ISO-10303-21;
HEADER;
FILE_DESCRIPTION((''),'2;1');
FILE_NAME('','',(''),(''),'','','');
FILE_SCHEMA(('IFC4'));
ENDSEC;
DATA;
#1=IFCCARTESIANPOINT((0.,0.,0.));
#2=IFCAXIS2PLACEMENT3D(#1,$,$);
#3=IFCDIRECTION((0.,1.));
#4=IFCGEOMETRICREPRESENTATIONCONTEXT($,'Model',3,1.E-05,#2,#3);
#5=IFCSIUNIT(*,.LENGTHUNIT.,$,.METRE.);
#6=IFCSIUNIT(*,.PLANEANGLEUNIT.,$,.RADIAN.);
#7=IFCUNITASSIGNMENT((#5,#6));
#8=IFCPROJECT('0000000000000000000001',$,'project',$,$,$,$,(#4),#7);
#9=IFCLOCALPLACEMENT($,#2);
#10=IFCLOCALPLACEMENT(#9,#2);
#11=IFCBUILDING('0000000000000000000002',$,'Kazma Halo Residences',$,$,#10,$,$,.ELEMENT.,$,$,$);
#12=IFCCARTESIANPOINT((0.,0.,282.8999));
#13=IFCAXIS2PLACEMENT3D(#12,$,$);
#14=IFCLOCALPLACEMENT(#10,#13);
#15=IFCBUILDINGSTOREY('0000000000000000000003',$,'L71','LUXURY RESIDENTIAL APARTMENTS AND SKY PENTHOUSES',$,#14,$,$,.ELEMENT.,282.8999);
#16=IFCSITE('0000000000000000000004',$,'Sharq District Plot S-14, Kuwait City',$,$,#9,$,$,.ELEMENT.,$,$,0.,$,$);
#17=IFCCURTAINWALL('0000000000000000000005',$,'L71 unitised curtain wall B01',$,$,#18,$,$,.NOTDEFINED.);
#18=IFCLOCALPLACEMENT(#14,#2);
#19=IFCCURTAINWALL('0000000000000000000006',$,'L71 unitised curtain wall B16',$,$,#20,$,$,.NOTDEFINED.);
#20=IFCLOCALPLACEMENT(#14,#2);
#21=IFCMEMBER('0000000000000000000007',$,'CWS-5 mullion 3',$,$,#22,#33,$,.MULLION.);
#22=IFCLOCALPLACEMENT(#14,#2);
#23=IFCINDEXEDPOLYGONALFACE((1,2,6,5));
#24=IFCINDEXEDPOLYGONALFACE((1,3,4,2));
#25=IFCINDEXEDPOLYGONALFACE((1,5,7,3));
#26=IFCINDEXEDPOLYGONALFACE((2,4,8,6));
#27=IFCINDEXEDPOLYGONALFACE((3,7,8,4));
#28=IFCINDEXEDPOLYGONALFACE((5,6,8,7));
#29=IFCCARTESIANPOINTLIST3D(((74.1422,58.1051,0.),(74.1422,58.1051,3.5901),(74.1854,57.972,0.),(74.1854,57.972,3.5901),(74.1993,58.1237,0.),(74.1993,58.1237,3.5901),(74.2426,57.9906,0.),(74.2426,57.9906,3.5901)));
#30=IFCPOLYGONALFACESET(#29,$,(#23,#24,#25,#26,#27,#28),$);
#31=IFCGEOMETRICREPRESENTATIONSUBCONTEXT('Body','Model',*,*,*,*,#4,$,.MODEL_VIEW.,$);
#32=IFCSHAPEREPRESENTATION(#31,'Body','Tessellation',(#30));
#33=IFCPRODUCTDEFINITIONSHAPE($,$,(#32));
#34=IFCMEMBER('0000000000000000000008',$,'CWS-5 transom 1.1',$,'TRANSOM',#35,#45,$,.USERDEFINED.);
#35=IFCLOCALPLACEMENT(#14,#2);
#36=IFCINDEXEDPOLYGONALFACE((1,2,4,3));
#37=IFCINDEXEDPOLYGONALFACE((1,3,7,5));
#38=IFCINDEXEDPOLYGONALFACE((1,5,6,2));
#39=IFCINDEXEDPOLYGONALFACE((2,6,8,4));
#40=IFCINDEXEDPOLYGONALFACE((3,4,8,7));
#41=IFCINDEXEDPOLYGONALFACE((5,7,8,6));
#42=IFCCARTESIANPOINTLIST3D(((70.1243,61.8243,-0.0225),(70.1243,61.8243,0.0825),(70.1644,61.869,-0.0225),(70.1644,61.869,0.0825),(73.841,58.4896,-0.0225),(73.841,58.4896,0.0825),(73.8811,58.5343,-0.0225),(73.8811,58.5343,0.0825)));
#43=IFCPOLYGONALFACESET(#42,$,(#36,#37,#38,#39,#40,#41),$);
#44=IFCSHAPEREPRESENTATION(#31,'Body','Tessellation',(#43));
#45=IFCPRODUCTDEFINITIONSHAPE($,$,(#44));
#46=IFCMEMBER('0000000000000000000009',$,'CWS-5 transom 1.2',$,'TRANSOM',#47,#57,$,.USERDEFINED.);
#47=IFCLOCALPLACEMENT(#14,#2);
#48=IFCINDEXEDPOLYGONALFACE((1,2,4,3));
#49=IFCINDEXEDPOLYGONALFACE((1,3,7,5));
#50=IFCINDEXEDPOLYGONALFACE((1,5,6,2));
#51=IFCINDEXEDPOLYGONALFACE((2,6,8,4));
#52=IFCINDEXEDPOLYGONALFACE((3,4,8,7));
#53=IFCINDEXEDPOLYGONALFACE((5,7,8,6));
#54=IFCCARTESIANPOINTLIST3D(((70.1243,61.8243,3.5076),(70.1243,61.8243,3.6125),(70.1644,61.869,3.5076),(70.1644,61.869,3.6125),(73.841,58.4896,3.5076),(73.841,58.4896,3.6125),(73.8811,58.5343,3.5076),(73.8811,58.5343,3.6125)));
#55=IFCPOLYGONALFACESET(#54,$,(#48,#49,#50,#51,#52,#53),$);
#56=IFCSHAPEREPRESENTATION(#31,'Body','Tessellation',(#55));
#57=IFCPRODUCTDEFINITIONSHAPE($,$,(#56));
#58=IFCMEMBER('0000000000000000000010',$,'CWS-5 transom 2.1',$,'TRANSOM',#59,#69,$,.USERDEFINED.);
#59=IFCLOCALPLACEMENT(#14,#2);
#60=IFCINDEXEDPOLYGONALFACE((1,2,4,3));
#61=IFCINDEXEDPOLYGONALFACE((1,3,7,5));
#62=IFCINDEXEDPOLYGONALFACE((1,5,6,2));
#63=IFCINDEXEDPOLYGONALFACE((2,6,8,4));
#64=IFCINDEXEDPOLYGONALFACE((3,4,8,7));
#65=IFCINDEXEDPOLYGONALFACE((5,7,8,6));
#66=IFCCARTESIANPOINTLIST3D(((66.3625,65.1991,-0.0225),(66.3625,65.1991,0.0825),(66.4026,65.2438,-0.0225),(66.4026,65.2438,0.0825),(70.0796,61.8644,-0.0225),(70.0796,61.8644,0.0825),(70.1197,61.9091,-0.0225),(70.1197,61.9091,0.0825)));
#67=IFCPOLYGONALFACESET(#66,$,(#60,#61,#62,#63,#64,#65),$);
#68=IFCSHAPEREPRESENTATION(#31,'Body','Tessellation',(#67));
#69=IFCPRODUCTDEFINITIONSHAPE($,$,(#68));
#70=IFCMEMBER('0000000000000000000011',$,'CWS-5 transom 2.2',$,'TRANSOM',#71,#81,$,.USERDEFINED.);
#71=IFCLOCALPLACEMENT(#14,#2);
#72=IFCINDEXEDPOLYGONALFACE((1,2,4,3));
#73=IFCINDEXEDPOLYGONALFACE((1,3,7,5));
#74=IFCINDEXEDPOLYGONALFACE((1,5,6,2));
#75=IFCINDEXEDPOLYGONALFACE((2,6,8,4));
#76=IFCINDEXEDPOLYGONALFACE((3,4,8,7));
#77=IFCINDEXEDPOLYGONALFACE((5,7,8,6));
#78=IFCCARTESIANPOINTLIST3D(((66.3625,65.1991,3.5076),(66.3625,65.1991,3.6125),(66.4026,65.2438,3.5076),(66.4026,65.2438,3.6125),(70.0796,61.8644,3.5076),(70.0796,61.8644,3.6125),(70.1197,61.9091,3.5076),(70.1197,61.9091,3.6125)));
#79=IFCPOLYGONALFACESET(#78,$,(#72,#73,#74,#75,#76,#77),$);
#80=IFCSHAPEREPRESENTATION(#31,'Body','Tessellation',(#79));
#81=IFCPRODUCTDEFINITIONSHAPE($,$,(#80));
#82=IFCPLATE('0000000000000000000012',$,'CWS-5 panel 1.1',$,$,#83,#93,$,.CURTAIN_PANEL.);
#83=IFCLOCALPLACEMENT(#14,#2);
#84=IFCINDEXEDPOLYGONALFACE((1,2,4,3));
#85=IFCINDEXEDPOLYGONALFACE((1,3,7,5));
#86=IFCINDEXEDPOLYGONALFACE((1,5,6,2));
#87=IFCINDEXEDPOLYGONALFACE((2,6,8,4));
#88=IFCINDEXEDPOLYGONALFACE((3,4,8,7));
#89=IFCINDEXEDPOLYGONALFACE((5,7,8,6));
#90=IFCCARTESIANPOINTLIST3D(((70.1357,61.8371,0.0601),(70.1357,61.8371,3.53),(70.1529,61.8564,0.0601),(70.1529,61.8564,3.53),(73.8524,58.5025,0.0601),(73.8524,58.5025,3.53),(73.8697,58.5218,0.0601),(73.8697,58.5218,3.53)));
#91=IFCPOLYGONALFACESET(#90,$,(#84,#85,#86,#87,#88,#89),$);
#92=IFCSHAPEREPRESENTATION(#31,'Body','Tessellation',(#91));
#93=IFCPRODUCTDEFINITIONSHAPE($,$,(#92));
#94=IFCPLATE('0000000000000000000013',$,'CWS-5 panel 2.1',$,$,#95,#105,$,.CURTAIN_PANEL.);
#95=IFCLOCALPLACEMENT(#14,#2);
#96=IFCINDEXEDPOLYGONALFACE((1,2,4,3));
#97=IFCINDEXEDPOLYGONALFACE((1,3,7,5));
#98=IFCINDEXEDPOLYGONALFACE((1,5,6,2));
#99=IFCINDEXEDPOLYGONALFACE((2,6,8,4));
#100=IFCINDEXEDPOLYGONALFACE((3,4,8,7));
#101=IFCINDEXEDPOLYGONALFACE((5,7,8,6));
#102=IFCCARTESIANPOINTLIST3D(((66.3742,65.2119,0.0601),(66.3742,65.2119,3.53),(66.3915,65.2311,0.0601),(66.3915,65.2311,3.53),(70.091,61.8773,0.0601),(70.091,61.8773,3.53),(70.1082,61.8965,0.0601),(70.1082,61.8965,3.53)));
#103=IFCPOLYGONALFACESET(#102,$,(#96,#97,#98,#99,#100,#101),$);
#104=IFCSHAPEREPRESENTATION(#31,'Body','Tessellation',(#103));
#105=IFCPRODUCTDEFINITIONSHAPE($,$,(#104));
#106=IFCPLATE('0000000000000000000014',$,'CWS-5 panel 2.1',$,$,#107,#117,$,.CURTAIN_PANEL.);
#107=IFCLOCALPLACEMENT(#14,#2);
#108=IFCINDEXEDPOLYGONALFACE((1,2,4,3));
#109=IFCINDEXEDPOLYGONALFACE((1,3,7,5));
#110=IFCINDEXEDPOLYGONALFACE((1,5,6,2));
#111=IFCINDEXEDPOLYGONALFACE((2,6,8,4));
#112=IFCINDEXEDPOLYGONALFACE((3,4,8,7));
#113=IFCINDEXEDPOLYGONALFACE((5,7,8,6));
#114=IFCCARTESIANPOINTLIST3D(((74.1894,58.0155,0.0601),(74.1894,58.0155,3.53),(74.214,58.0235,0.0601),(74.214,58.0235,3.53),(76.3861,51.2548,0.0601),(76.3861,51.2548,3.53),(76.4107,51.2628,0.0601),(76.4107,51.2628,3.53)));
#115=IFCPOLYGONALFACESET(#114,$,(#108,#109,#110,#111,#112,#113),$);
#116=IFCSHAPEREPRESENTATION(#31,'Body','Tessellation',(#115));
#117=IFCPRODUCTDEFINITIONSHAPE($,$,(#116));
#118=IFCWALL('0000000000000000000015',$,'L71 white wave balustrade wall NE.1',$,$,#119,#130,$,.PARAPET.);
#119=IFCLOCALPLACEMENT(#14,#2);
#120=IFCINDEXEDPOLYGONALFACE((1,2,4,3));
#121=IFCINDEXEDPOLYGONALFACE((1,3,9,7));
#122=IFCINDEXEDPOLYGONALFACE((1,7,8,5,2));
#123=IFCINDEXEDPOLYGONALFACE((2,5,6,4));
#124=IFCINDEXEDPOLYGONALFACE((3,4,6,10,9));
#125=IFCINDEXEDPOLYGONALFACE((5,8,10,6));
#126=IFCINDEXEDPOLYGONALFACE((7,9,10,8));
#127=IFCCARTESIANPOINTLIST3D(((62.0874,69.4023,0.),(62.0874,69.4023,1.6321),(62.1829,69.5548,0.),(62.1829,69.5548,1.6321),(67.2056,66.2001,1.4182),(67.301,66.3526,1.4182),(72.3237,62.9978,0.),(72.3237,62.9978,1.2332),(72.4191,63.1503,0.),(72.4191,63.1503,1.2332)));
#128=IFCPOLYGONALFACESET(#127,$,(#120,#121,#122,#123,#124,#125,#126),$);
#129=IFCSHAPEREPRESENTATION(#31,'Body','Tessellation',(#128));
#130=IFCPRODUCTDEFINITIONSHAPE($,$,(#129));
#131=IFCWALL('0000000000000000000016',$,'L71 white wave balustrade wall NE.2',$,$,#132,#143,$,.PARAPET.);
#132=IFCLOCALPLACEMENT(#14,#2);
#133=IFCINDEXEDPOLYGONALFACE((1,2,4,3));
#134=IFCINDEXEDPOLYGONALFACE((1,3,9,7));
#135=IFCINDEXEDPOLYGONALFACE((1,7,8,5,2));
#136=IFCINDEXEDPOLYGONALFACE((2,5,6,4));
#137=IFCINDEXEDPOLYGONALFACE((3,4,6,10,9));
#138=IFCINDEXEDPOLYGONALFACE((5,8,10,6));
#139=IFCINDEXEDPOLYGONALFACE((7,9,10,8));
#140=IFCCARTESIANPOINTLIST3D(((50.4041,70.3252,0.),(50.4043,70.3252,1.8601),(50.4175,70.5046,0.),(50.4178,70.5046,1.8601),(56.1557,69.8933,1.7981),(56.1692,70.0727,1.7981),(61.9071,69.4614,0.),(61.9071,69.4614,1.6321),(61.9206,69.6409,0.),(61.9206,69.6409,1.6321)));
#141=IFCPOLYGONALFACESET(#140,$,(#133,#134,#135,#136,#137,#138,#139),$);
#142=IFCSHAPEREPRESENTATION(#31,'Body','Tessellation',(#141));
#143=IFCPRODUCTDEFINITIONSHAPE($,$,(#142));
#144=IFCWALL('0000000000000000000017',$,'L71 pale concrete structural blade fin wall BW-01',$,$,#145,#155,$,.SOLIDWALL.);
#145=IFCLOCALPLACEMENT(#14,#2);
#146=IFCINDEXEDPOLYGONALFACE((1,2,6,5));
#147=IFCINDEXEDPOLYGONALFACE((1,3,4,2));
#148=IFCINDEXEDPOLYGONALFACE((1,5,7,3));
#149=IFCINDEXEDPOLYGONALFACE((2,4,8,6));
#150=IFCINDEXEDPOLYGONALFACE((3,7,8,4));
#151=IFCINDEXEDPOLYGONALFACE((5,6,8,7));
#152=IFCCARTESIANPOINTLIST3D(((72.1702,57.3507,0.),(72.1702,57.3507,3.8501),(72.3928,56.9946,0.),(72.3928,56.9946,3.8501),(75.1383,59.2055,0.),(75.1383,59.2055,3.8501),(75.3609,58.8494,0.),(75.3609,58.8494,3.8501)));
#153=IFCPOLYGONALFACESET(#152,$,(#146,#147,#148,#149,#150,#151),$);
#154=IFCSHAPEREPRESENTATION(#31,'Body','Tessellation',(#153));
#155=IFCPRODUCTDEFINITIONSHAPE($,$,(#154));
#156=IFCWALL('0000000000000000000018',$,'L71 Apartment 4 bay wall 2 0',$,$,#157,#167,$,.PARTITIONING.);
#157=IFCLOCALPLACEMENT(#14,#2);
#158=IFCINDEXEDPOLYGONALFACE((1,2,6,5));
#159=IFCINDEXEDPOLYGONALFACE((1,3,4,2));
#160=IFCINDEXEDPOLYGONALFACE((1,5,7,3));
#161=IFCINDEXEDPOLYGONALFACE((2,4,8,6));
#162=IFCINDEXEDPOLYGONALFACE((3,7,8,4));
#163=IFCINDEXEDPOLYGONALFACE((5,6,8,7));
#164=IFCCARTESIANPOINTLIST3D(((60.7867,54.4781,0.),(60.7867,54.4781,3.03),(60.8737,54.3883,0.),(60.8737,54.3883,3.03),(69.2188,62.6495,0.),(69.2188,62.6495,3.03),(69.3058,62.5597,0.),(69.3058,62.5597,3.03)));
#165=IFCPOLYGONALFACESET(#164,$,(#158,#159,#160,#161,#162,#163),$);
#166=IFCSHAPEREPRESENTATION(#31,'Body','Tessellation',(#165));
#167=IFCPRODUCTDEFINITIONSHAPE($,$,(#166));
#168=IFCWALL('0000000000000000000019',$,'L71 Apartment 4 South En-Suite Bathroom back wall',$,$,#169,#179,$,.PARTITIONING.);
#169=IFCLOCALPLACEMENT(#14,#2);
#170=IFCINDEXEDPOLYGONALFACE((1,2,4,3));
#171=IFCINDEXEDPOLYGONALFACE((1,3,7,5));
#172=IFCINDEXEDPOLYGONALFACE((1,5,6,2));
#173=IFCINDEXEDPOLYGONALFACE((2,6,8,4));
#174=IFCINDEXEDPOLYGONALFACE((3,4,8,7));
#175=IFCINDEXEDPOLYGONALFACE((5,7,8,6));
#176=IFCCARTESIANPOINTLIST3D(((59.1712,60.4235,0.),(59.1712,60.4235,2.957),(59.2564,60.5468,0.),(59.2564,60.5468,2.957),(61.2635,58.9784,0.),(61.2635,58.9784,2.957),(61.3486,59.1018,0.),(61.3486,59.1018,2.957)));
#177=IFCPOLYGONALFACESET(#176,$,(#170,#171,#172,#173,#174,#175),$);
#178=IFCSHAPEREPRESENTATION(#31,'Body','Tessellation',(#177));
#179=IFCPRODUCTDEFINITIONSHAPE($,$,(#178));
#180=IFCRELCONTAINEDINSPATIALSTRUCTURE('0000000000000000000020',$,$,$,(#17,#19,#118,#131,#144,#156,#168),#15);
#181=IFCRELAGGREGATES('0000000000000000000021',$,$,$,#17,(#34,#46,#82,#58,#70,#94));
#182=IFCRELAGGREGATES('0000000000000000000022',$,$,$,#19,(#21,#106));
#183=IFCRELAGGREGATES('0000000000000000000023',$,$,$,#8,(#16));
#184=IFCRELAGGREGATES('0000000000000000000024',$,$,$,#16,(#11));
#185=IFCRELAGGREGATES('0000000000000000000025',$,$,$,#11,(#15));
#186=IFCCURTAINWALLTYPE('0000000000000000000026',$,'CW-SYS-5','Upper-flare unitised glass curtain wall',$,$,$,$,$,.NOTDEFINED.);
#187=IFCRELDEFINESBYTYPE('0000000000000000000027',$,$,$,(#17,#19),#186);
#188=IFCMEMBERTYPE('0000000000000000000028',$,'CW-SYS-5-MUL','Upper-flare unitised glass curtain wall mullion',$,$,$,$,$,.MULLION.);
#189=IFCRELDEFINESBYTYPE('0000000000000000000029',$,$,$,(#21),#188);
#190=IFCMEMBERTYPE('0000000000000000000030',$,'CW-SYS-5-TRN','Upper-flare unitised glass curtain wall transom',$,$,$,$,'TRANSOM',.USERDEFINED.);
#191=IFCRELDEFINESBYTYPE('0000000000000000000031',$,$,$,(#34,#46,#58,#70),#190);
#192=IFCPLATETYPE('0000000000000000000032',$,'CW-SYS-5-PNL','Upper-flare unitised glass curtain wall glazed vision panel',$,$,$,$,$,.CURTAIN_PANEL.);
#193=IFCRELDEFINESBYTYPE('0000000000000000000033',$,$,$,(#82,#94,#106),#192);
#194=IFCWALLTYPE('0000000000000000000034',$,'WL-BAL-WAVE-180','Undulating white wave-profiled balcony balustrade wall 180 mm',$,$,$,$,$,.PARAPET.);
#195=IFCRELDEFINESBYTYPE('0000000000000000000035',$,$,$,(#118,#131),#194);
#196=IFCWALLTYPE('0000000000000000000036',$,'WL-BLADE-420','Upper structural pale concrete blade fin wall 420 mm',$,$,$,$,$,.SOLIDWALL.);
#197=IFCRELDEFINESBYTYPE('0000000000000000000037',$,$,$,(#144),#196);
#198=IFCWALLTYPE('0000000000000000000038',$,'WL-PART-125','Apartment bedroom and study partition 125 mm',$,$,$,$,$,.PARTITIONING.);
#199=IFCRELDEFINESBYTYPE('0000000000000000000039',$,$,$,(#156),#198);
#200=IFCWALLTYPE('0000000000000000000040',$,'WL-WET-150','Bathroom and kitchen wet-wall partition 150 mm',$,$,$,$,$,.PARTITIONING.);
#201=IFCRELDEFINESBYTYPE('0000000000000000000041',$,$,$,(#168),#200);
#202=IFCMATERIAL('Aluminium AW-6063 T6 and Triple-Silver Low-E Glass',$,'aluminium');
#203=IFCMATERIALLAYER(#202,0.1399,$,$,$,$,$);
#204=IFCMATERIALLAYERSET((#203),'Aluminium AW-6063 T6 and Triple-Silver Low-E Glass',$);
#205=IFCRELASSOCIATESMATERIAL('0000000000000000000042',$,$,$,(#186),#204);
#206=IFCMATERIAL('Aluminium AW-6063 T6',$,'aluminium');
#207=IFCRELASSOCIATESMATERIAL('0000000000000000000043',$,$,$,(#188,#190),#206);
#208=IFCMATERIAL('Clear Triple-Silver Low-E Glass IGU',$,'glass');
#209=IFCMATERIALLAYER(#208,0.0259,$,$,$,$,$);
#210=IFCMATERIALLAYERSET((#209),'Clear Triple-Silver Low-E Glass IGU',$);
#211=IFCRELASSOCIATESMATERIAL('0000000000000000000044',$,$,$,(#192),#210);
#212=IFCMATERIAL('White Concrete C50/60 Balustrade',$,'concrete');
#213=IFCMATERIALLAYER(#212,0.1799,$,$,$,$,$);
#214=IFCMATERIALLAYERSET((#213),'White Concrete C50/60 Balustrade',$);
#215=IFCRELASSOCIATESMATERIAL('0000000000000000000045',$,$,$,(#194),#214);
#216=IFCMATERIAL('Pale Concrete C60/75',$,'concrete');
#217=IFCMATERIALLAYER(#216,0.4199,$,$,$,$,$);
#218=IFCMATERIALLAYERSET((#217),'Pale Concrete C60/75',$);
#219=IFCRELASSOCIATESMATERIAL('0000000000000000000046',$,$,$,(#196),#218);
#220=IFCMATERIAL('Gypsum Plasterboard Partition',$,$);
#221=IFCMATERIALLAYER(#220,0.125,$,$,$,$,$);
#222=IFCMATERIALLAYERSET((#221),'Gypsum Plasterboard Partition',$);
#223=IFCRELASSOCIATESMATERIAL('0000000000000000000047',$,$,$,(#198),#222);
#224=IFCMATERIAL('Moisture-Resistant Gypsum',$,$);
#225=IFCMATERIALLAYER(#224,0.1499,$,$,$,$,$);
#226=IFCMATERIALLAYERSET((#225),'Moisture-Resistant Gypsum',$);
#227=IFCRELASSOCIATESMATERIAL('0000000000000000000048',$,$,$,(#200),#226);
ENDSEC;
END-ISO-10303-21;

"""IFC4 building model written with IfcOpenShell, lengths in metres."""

from ifc_helpers import new_model, si_unit, direction, frame, frame_2d, origin, origin_2d, place, context, subcontext, project, spatial, polyline, rectangle, outline, extrude, material, layer, layer_set, material_profile, profile_set, type_object, element, aggregate, save


model = new_model("IFC4")

# Units and contexts
model_context = context("Model", 3, precision=1e-05, world=origin(), true_north=direction((0.0, 1.0)))
body_context = subcontext(model_context, "Body", "Model", "MODEL_VIEW")
ifc_project = project(units=[si_unit("LENGTHUNIT", "METRE"), si_unit("PLANEANGLEUNIT", "RADIAN")], contexts=[model_context])

# Site, building, storey
site_placement = place(None, origin())
site = spatial("IfcSite", under=ifc_project, at=site_placement, Name="Sharq District Plot S-14, Kuwait City", CompositionType="ELEMENT", RefElevation=0.0)
building_placement = place(site_placement, origin())
building = spatial("IfcBuilding", under=site, at=building_placement, Name="Kazma Halo Residences", CompositionType="ELEMENT")
storey_placement = place(building_placement, frame((0.0, 0.0, 282.8999)))
storey = spatial("IfcBuildingStorey", under=building, at=storey_placement, Name="L71", Description="LUXURY RESIDENTIAL APARTMENTS AND SKY PENTHOUSES", CompositionType="ELEMENT", Elevation=282.8999)

# Curtain wall
ifc_material_1 = material(Name="Aluminium AW-6063 T6 and Triple-Silver Low-E Glass", Category="aluminium")
ifc_layer_1 = layer(ifc_material_1, 0.1399)
ifc_layer_set_1 = layer_set([ifc_layer_1], Name="Aluminium AW-6063 T6 and Triple-Silver Low-E Glass")
curtain_wall_type = type_object("IfcCurtainWallType", Name="CW-SYS-5", Description="Upper-flare unitised glass curtain wall", PredefinedType="NOTDEFINED", material=ifc_layer_set_1)
curtain_wall_1_placement = place(storey_placement, origin())
curtain_wall_1 = element("IfcCurtainWall", 1, at=curtain_wall_1_placement, inside=storey, type_object=curtain_wall_type, Name="L71 unitised curtain wall B01", PredefinedType="NOTDEFINED")
ifc_material_2 = material(Name="Aluminium AW-6063 T6", Category="aluminium")
ifc_material_profile_1 = material_profile(ifc_material_2, rectangle(XDim=0.0601, YDim=0.1399, at=origin_2d()), Name="CWM-60x140")
ifc_profile_set_1 = profile_set([ifc_material_profile_1], Name="Aluminium AW-6063 T6")
member_type_1 = type_object("IfcMemberType", Name="CW-SYS-5-MUL", Description="Upper-flare unitised glass curtain wall mullion", PredefinedType="MULLION", material=ifc_profile_set_1)

# Curtain wall, member
curtain_wall_2_placement = place(storey_placement, origin())
curtain_wall_2 = element("IfcCurtainWall", 2, at=curtain_wall_2_placement, inside=storey, type_object=curtain_wall_type, Name="L71 unitised curtain wall B16", PredefinedType="NOTDEFINED")
member_1_placement = place(storey_placement, frame((74.1924, 58.0479, 0.0), z_axis=(0.0, 0.0, 1.0), x_axis=(-0.951058, -0.309011, 0.0)))
member_1 = element("IfcMember", 3, at=member_1_placement, type_object=member_type_1, Name="CWS-5 mullion 3", PredefinedType="MULLION", context=body_context, shape_type="SweptSolid", body=[
    extrude(rectangle(XDim=0.0601, YDim=0.1399, at=origin_2d()), origin(), (0.0, 0.0, 1.0), 3.5901),
])

# Members
ifc_material_profile_2 = material_profile(ifc_material_2, rectangle(XDim=0.0601, YDim=0.105, at=origin_2d()), Name="CWT-60x105")
ifc_profile_set_2 = profile_set([ifc_material_profile_2], Name="Aluminium AW-6063 T6")
member_type_2 = type_object("IfcMemberType", Name="CW-SYS-5-TRN", Description="Upper-flare unitised glass curtain wall transom", ElementType="TRANSOM", PredefinedType="USERDEFINED", material=ifc_profile_set_2)
member_2_placement = place(storey_placement, frame((73.8611, 58.512, 0.03), z_axis=(-0.744329, 0.667813, 0.0), x_axis=(-0.667813, -0.744329, 0.0)))
member_2 = element("IfcMember", 4, at=member_2_placement, type_object=member_type_2, Name="CWS-5 transom 1.1", ObjectType="TRANSOM", PredefinedType="USERDEFINED", context=body_context, shape_type="SweptSolid", body=[
    extrude(rectangle(XDim=0.0601, YDim=0.105, at=origin_2d()), origin(), (0.0, 0.0, 1.0), 4.9934),
])
member_3_placement = place(storey_placement, frame((73.8611, 58.512, 3.5601), z_axis=(-0.744329, 0.667813, 0.0), x_axis=(-0.667813, -0.744329, 0.0)))
member_3 = element("IfcMember", 5, at=member_3_placement, type_object=member_type_2, Name="CWS-5 transom 1.2", ObjectType="TRANSOM", PredefinedType="USERDEFINED", context=body_context, shape_type="SweptSolid", body=[
    extrude(rectangle(XDim=0.0601, YDim=0.105, at=origin_2d()), origin(), (0.0, 0.0, 1.0), 4.9934),
])
member_4_placement = place(storey_placement, frame((70.0996, 61.8867, 0.03), z_axis=(-0.744351, 0.667789, 0.0), x_axis=(-0.667789, -0.744351, 0.0)))
member_4 = element("IfcMember", 6, at=member_4_placement, type_object=member_type_2, Name="CWS-5 transom 2.1", ObjectType="TRANSOM", PredefinedType="USERDEFINED", context=body_context, shape_type="SweptSolid", body=[
    extrude(rectangle(XDim=0.0601, YDim=0.105, at=origin_2d()), origin(), (0.0, 0.0, 1.0), 4.9937),
])
member_5_placement = place(storey_placement, frame((70.0996, 61.8867, 3.5601), z_axis=(-0.744351, 0.667789, 0.0), x_axis=(-0.667789, -0.744351, 0.0)))
member_5 = element("IfcMember", 7, at=member_5_placement, type_object=member_type_2, Name="CWS-5 transom 2.2", ObjectType="TRANSOM", PredefinedType="USERDEFINED", context=body_context, shape_type="SweptSolid", body=[
    extrude(rectangle(XDim=0.0601, YDim=0.105, at=origin_2d()), origin(), (0.0, 0.0, 1.0), 4.9937),
])

# Plates
ifc_material_3 = material(Name="Clear Triple-Silver Low-E Glass IGU", Category="glass")
ifc_layer_2 = layer(ifc_material_3, 0.0259)
ifc_layer_set_2 = layer_set([ifc_layer_2], Name="Clear Triple-Silver Low-E Glass IGU")
plate_type = type_object("IfcPlateType", Name="CW-SYS-5-PNL", Description="Upper-flare unitised glass curtain wall glazed vision panel", PredefinedType="CURTAIN_PANEL", material=ifc_layer_set_2)
plate_1_placement = place(storey_placement, frame((72.0027, 60.1794, 0.0601), z_axis=(0.0, 0.0, 1.0), x_axis=(-0.744336, 0.667805, 0.0)))
plate_1 = element("IfcPlate", 8, at=plate_1_placement, type_object=plate_type, Name="CWS-5 panel 1.1", PredefinedType="CURTAIN_PANEL", context=body_context, shape_type="SweptSolid", body=[
    extrude(rectangle(XDim=4.9934, YDim=0.0259, at=origin_2d()), origin(), (0.0, 0.0, 1.0), 3.47),
])
plate_2_placement = place(storey_placement, frame((68.2412, 63.5542, 0.0601), z_axis=(0.0, 0.0, 1.0), x_axis=(-0.744336, 0.667805, 0.0)))
plate_2 = element("IfcPlate", 9, at=plate_2_placement, type_object=plate_type, Name="CWS-5 panel 2.1", PredefinedType="CURTAIN_PANEL", context=body_context, shape_type="SweptSolid", body=[
    extrude(rectangle(XDim=4.9934, YDim=0.0259, at=origin_2d()), origin(), (0.0, 0.0, 1.0), 3.47),
])
aggregate(curtain_wall_1, [member_2, member_3, plate_1, member_4, member_5, plate_2])
plate_3_placement = place(storey_placement, frame((75.3, 54.6392, 0.0601), z_axis=(0.0, 0.0, 1.0), x_axis=(-0.309011, 0.951058, 0.0)))
plate_3 = element("IfcPlate", 10, at=plate_3_placement, type_object=plate_type, Name="CWS-5 panel 2.1", PredefinedType="CURTAIN_PANEL", context=body_context, shape_type="SweptSolid", body=[
    extrude(rectangle(XDim=7.1086, YDim=0.0259, at=origin_2d()), origin(), (0.0, 0.0, 1.0), 3.47),
])
aggregate(curtain_wall_2, [member_1, plate_3])

# Walls
ifc_material_4 = material(Name="White Concrete C50/60 Balustrade", Category="concrete")
ifc_layer_3 = layer(ifc_material_4, 0.1799)
ifc_layer_set_3 = layer_set([ifc_layer_3], Name="White Concrete C50/60 Balustrade")
wall_type_1 = type_object("IfcWallType", Name="WL-BAL-WAVE-180", Description="Undulating white wave-profiled balcony balustrade wall 180 mm", PredefinedType="PARAPET", material=ifc_layer_set_3)
wall_1_placement = place(storey_placement, frame((72.3713, 63.074, 0.0), z_axis=(0.0, 0.0, 1.0), x_axis=(-0.847744, 0.530406, 0.0)))
element("IfcWall", 11, at=wall_1_placement, inside=storey, type_object=wall_type_1, Name="L71 white wave balustrade wall NE.1", PredefinedType="PARAPET", context=body_context, shape_type="SweptSolid", body=[
    extrude(outline(polyline([(0.0, 0.0), (12.0747, 0.0), (12.0747, 1.6321), (6.0374, 1.4182), (0.0, 1.2332), (0.0, 0.0)])), frame((0.0, 0.0898, 0.0), z_axis=(0.0, -1.0, 0.0), x_axis=(1.0, 0.0, 0.0)), (0.0, 0.0, 1.0), 0.1799),
])
wall_2_placement = place(storey_placement, frame((61.9138, 69.551, 0.0), z_axis=(0.0, 0.0, 1.0), x_axis=(-0.997193, 0.07488, 0.0)))
element("IfcWall", 12, at=wall_2_placement, inside=storey, type_object=wall_type_1, Name="L71 white wave balustrade wall NE.2", PredefinedType="PARAPET", context=body_context, shape_type="SweptSolid", body=[
    extrude(outline(polyline([(0.0, 0.0), (11.5354, 0.0), (11.5352, 1.8601), (5.7676, 1.7981), (0.0, 1.6321), (0.0, 0.0)])), frame((0.0, 0.0898, 0.0), z_axis=(0.0, -1.0, 0.0), x_axis=(1.0, 0.0, 0.0)), (0.0, 0.0, 1.0), 0.1799),
])
ifc_material_5 = material(Name="Pale Concrete C60/75", Category="concrete")
ifc_layer_4 = layer(ifc_material_5, 0.4199)
ifc_layer_set_4 = layer_set([ifc_layer_4], Name="Pale Concrete C60/75")
wall_type_2 = type_object("IfcWallType", Name="WL-BLADE-420", Description="Upper structural pale concrete blade fin wall 420 mm", PredefinedType="SOLIDWALL", material=ifc_layer_set_4)
wall_3_placement = place(storey_placement, frame((72.2815, 57.1726, 0.0), z_axis=(0.0, 0.0, 1.0), x_axis=(0.848034, 0.529943, 0.0)))
element("IfcWall", 13, at=wall_3_placement, inside=storey, type_object=wall_type_2, Name="L71 pale concrete structural blade fin wall BW-01", PredefinedType="SOLIDWALL", context=body_context, shape_type="SweptSolid", body=[
    extrude(rectangle(XDim=3.5, YDim=0.4199, at=frame_2d((1.75, 0.0))), origin(), (0.0, 0.0, 1.0), 3.8501),
])

# Walls
ifc_material_6 = material(Name="Gypsum Plasterboard Partition")
ifc_layer_5 = layer(ifc_material_6, 0.125)
ifc_layer_set_5 = layer_set([ifc_layer_5], Name="Gypsum Plasterboard Partition")
wall_type_3 = type_object("IfcWallType", Name="WL-PART-125", Description="Apartment bedroom and study partition 125 mm", PredefinedType="PARTITIONING", material=ifc_layer_set_5)
wall_4_placement = place(storey_placement, frame((60.8301, 54.4331, 0.0), z_axis=(0.0, 0.0, 1.0), x_axis=(0.718123, 0.695917, 0.0)))
element("IfcWall", 14, at=wall_4_placement, inside=storey, type_object=wall_type_3, Name="L71 Apartment 4 bay wall 2 0", PredefinedType="PARTITIONING", context=body_context, shape_type="SweptSolid", body=[
    extrude(rectangle(XDim=11.7419, YDim=0.125, at=frame_2d((5.8711, 0.0))), origin(), (0.0, 0.0, 1.0), 3.03),
])
ifc_material_7 = material(Name="Moisture-Resistant Gypsum")
ifc_layer_6 = layer(ifc_material_7, 0.1499)
ifc_layer_set_6 = layer_set([ifc_layer_6], Name="Moisture-Resistant Gypsum")
wall_type_4 = type_object("IfcWallType", Name="WL-WET-150", Description="Bathroom and kitchen wet-wall partition 150 mm", PredefinedType="PARTITIONING", material=ifc_layer_set_6)
wall_5_placement = place(storey_placement, frame((61.3062, 59.04, 0.0), z_axis=(0.0, 0.0, 1.0), x_axis=(-0.822824, 0.568296, 0.0)))
element("IfcWall", 15, at=wall_5_placement, inside=storey, type_object=wall_type_4, Name="L71 Apartment 4 South En-Suite Bathroom back wall", PredefinedType="PARTITIONING", context=body_context, shape_type="SweptSolid", body=[
    extrude(rectangle(XDim=2.5427, YDim=0.1499, at=frame_2d((1.2715, 0.0))), origin(), (0.0, 0.0, 1.0), 2.957),
])

save(model, "model.ifc")
